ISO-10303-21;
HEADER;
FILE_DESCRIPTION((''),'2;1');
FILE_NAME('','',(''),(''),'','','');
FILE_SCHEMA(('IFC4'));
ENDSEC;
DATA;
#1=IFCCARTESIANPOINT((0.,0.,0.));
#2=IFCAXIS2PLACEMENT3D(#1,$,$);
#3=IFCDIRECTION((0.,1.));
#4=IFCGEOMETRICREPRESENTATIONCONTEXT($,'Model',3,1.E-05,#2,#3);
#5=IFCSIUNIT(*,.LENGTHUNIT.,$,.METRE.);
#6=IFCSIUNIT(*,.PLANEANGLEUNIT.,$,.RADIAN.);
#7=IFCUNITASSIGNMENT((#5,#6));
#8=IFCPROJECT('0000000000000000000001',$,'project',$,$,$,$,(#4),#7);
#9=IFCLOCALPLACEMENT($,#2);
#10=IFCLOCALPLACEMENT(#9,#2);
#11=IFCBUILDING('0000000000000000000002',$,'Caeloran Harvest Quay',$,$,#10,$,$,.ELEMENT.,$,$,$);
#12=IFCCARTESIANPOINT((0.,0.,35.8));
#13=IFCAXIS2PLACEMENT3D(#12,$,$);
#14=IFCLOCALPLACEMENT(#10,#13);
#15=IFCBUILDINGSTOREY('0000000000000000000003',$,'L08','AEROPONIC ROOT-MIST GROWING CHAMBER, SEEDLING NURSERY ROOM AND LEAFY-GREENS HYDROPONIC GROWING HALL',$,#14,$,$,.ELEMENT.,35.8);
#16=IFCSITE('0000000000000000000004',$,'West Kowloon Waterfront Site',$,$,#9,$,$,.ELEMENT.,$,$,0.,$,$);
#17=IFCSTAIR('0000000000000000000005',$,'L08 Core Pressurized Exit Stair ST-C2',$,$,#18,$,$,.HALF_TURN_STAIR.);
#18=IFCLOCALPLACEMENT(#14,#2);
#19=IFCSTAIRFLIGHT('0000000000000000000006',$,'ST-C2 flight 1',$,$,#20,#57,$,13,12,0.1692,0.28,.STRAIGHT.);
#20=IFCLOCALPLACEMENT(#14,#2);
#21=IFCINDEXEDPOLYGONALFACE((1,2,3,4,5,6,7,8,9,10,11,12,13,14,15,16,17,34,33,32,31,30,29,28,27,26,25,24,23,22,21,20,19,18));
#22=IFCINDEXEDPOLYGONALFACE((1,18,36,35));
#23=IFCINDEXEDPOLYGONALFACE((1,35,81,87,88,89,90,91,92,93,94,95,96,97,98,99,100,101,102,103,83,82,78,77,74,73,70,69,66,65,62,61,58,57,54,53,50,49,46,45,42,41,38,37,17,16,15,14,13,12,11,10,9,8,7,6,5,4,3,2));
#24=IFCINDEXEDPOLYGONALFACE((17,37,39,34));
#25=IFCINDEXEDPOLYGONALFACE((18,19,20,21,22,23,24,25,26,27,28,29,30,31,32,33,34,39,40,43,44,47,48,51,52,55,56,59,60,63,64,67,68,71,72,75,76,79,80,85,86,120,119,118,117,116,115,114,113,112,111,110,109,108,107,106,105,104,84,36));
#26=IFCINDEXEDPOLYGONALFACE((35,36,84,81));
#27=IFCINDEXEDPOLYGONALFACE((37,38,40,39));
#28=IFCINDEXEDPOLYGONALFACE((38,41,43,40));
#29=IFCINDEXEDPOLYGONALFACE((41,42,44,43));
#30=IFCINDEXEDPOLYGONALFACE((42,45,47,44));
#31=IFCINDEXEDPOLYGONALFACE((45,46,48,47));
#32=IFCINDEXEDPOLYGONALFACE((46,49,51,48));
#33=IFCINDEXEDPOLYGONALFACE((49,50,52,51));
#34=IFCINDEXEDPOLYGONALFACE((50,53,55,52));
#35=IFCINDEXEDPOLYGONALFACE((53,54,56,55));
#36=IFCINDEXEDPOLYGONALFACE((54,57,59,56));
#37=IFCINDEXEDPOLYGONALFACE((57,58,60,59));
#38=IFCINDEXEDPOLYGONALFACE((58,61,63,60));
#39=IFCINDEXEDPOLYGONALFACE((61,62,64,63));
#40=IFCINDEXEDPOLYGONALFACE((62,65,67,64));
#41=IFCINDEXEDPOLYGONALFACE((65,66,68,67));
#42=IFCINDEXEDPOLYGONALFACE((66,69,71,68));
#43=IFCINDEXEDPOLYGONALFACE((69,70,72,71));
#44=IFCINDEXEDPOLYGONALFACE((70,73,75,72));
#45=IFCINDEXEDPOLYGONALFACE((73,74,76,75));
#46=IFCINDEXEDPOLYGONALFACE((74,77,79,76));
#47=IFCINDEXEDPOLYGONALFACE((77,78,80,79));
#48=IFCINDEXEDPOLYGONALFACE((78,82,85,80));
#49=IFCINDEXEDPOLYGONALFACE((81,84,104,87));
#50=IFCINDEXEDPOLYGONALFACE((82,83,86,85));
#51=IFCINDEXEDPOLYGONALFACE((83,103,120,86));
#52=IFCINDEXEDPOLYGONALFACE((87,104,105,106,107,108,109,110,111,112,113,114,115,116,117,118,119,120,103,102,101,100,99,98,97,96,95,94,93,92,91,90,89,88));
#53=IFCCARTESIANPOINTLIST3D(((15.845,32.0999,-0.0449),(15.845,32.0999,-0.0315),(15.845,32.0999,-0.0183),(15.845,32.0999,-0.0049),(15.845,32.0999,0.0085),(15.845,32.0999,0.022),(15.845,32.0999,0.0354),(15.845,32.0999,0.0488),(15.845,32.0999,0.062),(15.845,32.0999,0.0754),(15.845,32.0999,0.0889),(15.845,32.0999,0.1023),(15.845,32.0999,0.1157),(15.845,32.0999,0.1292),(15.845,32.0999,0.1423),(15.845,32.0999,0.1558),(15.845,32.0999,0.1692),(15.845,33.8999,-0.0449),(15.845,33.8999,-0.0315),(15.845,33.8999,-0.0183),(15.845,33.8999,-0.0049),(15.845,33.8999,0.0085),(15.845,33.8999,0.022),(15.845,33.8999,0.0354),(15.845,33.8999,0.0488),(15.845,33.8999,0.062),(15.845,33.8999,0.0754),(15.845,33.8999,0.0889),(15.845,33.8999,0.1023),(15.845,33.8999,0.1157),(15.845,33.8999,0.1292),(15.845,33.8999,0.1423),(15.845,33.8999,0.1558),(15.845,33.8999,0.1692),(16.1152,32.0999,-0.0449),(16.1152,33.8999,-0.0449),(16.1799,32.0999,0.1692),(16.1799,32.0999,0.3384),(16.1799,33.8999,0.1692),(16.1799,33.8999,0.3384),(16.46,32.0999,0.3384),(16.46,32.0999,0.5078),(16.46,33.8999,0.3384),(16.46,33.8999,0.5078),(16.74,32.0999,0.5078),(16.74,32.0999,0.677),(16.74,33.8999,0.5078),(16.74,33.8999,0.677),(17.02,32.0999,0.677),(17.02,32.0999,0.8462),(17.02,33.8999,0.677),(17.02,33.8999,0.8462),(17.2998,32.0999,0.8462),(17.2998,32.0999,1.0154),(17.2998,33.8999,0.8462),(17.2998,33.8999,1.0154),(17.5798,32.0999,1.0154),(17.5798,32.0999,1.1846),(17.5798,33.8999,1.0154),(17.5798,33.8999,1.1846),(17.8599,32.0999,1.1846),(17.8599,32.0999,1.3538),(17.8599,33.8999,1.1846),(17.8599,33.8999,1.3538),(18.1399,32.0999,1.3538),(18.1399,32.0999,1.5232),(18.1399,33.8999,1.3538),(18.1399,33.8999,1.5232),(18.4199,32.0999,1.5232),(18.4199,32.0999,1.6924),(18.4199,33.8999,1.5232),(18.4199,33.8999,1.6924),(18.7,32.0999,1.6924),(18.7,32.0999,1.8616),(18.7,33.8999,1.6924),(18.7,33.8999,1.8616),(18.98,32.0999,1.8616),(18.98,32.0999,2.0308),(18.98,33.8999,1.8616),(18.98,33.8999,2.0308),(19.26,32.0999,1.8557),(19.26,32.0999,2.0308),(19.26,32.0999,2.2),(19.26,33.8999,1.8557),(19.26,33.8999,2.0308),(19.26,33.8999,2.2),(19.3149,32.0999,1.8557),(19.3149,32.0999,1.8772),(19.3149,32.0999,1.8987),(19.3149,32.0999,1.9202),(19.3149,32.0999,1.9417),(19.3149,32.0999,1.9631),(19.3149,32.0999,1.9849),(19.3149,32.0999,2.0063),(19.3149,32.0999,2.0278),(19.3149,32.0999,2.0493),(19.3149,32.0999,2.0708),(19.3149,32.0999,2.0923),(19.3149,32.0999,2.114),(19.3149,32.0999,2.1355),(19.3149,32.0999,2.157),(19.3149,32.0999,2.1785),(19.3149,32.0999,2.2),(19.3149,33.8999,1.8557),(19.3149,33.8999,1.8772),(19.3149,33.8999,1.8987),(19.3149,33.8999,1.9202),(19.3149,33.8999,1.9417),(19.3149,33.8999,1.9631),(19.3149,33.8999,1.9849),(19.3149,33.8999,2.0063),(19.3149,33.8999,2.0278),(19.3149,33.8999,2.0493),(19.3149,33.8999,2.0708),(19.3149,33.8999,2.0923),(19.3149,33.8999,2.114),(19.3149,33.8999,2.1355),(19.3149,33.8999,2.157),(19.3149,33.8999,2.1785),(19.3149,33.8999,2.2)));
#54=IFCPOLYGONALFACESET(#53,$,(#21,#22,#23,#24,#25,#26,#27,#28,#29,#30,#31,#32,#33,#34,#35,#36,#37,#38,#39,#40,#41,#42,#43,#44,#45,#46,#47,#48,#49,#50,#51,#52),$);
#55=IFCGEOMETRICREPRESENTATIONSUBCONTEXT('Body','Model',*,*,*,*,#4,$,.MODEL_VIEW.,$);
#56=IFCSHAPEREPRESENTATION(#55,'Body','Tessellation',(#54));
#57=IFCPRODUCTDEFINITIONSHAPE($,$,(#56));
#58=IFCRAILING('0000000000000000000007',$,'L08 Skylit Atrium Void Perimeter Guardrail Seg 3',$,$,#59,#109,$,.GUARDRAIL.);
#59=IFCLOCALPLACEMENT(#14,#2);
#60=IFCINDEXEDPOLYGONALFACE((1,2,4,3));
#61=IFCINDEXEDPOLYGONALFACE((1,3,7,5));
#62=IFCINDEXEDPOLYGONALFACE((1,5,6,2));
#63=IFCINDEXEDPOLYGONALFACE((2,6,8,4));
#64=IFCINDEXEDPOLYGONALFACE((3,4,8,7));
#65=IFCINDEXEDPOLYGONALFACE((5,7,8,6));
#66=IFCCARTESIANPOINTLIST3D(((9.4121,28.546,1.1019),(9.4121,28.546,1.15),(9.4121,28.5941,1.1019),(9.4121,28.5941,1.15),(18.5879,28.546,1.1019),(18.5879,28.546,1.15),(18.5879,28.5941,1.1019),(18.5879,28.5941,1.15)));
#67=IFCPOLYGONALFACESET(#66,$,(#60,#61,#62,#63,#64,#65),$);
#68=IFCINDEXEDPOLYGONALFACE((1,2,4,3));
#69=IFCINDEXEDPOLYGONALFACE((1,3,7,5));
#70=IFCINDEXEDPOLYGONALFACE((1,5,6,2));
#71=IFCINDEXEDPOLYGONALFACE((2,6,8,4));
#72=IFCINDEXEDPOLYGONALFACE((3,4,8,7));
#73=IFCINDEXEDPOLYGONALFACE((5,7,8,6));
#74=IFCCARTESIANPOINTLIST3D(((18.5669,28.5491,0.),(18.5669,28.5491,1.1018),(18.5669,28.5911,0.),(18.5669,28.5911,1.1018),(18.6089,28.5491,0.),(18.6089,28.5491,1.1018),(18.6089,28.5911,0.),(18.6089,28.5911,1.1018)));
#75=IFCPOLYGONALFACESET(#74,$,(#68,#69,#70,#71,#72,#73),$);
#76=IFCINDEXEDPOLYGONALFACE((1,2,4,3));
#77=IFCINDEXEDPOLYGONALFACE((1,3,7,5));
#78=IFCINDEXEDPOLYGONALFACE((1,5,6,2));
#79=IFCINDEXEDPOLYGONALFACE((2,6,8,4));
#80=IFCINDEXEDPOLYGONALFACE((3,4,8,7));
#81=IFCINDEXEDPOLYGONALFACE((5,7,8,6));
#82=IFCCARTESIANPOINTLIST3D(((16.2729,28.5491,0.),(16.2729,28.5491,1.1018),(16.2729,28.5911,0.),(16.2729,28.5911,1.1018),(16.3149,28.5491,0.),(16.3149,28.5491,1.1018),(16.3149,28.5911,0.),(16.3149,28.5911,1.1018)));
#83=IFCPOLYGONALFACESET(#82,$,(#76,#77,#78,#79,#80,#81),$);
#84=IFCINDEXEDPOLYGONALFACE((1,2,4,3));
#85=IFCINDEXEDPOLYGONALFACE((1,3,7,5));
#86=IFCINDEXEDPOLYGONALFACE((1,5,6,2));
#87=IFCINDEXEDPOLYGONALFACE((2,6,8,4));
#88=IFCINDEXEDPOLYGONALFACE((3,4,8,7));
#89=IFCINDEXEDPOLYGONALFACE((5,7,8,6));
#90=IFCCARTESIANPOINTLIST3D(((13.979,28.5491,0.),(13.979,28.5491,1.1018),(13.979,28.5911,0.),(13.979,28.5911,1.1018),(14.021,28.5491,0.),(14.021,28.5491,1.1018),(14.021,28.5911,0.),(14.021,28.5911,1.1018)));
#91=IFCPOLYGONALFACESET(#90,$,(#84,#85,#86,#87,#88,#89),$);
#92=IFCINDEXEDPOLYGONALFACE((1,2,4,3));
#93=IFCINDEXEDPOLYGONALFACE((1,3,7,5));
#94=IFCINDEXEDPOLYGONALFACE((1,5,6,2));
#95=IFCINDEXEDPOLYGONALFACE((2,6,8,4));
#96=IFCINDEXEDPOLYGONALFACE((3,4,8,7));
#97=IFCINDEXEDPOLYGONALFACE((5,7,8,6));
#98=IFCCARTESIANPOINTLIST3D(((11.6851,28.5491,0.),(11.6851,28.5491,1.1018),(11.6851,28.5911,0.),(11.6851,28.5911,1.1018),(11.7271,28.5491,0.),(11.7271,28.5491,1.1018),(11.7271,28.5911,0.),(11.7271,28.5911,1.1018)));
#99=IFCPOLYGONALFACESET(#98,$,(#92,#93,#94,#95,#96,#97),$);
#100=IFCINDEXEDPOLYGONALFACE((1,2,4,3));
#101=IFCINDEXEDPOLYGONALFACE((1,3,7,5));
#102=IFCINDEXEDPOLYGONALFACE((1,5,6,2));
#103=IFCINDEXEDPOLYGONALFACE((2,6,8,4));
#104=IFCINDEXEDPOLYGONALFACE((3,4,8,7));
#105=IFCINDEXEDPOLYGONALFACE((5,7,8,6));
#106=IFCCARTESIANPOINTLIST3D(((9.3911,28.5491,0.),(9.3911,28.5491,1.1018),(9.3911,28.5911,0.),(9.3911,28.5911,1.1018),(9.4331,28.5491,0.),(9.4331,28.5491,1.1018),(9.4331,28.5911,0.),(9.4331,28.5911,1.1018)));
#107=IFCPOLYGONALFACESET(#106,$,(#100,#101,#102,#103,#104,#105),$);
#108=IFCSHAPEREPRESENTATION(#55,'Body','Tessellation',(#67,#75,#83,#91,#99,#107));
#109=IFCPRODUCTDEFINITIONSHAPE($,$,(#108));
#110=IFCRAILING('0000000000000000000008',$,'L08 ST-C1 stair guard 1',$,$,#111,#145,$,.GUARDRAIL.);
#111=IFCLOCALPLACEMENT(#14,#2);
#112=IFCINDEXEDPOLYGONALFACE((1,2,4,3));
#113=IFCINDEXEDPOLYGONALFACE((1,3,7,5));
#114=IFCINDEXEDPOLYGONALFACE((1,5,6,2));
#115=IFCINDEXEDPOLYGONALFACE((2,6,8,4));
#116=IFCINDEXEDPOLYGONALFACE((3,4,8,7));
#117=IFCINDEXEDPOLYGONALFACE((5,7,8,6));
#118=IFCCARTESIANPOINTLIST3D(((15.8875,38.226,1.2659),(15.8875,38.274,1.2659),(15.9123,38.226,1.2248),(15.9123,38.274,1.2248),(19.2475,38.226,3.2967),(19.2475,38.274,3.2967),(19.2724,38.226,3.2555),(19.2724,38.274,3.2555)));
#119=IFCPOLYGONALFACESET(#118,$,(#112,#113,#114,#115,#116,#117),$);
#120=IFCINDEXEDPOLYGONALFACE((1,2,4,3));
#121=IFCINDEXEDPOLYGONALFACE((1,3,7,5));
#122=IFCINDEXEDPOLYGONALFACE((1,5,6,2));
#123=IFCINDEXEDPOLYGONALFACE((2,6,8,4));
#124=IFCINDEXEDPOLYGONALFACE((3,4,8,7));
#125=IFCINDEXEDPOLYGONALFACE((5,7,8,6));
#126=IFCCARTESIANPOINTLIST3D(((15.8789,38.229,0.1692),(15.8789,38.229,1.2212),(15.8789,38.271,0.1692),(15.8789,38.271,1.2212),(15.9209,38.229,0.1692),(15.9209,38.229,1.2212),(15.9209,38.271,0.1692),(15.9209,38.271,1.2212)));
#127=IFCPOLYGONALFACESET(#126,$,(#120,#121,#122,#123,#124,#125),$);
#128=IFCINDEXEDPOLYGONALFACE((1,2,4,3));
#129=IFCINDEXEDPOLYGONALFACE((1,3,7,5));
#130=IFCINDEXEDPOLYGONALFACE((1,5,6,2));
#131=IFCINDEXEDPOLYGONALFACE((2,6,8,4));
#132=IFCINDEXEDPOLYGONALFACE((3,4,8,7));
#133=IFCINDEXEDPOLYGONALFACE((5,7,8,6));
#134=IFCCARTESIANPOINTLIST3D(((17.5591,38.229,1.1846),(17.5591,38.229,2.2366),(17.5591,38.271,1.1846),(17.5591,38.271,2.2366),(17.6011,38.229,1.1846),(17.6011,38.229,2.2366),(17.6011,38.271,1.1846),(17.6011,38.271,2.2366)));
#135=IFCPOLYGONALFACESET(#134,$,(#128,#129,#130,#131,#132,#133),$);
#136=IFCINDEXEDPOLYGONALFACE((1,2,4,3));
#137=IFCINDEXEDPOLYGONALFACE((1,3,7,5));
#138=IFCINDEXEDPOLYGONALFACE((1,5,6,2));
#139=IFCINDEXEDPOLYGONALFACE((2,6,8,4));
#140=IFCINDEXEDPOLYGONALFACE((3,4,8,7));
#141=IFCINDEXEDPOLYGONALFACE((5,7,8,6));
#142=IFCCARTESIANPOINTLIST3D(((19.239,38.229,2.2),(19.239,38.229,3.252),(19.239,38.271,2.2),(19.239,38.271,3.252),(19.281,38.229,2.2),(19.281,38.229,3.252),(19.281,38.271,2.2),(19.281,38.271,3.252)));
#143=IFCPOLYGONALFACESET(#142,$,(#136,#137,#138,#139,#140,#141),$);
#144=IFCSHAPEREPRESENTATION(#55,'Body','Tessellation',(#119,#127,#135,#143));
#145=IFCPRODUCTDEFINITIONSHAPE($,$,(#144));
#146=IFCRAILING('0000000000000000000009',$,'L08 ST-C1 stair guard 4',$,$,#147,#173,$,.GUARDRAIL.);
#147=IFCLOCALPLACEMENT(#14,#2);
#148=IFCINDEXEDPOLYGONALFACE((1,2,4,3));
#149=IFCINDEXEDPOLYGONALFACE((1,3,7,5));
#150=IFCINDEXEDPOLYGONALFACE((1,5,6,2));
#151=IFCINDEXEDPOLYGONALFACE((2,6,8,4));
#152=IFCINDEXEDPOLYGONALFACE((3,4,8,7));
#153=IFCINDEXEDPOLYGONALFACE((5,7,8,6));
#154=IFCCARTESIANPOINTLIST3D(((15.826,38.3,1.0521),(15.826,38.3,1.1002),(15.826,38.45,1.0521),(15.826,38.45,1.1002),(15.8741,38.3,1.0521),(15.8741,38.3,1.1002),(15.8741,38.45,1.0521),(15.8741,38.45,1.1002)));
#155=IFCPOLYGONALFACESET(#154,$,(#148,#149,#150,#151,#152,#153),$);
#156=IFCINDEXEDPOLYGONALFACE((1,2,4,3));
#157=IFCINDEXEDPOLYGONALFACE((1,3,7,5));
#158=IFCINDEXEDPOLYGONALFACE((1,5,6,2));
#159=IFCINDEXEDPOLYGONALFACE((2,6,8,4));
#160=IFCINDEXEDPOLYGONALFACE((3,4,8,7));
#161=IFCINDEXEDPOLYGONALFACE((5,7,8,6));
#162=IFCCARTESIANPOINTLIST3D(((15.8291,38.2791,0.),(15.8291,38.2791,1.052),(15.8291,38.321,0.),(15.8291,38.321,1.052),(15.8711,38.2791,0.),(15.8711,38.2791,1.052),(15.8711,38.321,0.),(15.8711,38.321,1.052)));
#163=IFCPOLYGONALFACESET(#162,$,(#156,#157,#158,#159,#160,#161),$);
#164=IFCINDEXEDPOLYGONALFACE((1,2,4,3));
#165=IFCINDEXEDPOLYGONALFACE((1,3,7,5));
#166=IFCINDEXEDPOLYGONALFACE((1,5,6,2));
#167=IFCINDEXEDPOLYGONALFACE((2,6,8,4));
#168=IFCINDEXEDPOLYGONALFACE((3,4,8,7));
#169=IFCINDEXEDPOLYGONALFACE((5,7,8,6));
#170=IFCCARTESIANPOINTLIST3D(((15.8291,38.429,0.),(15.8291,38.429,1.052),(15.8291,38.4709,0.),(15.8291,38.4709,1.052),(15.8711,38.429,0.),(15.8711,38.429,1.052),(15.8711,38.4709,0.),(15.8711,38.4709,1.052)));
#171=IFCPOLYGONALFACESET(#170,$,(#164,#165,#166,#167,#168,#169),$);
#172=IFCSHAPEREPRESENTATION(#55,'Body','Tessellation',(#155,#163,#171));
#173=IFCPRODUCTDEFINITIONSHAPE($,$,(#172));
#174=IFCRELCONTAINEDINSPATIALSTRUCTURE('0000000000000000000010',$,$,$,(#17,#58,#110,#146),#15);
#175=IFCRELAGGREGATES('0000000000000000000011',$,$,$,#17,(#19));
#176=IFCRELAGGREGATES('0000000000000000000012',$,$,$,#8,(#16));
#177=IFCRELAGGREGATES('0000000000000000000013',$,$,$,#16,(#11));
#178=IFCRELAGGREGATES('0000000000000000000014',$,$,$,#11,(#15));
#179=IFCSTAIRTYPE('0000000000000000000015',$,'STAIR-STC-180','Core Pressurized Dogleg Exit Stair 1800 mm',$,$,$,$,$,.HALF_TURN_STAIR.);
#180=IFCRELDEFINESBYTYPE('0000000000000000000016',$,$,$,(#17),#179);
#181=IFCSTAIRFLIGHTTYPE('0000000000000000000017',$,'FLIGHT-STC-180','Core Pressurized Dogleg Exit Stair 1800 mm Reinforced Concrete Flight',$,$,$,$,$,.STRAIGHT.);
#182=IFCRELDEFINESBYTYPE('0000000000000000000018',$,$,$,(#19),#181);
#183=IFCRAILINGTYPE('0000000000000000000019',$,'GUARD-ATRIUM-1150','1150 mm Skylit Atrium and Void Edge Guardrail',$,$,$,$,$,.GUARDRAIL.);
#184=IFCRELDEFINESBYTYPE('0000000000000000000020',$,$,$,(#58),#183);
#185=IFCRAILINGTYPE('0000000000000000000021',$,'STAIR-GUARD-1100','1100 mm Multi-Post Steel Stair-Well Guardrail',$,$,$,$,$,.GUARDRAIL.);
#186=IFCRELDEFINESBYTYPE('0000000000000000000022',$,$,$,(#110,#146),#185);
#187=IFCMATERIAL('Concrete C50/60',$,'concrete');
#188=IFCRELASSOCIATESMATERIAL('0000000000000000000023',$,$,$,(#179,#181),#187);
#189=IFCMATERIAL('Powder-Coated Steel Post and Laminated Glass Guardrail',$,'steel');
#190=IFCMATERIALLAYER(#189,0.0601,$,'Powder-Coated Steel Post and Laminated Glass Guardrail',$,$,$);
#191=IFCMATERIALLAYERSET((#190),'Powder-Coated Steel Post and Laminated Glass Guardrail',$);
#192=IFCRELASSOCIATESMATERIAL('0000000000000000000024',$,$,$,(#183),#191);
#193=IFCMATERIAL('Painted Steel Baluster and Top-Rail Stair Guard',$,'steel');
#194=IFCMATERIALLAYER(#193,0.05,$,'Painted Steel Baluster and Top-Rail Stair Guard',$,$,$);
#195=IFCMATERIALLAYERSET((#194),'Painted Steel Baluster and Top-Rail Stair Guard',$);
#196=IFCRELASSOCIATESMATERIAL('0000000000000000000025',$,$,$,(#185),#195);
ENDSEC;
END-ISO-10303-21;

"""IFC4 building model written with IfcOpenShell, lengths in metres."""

from ifc_helpers import new_model, si_unit, direction, frame, origin, origin_2d, place, context, subcontext, project, spatial, polyline, rectangle, outline, extrude, material, layer, layer_set, type_object, element, aggregate, save


model = new_model("IFC4")

# Units and contexts
model_context = context("Model", 3, precision=1e-05, world=origin(), true_north=direction((0.0, 1.0)))
body_context = subcontext(model_context, "Body", "Model", "MODEL_VIEW")
ifc_project = project(units=[si_unit("LENGTHUNIT", "METRE"), si_unit("PLANEANGLEUNIT", "RADIAN")], contexts=[model_context])

# Site, building, storey
site_placement = place(None, origin())
site = spatial("IfcSite", under=ifc_project, at=site_placement, Name="West Kowloon Waterfront Site", CompositionType="ELEMENT", RefElevation=0.0)
building_placement = place(site_placement, origin())
building = spatial("IfcBuilding", under=site, at=building_placement, Name="Caeloran Harvest Quay", CompositionType="ELEMENT")
storey_placement = place(building_placement, frame((0.0, 0.0, 35.8)))
storey = spatial("IfcBuildingStorey", under=building, at=storey_placement, Name="L08", Description="AEROPONIC ROOT-MIST GROWING CHAMBER, SEEDLING NURSERY ROOM AND LEAFY-GREENS HYDROPONIC GROWING HALL", CompositionType="ELEMENT", Elevation=35.8)

# Stair, stair flight
ifc_material_1 = material(Name="Concrete C50/60", Category="concrete")
stair_type = type_object("IfcStairType", Name="STAIR-STC-180", Description="Core Pressurized Dogleg Exit Stair 1800 mm", PredefinedType="HALF_TURN_STAIR", material=ifc_material_1)
stair_flight_type = type_object("IfcStairFlightType", Name="FLIGHT-STC-180", Description="Core Pressurized Dogleg Exit Stair 1800 mm Reinforced Concrete Flight", PredefinedType="STRAIGHT", material=ifc_material_1)
stair_1_placement = place(storey_placement, origin())
stair_1 = element("IfcStair", 1, at=stair_1_placement, inside=storey, type_object=stair_type, Name="L08 Core Pressurized Exit Stair ST-C2", PredefinedType="HALF_TURN_STAIR")
stair_flight_1_placement = place(storey_placement, frame((15.8999, 33.0, 0.0), z_axis=(0.0, 0.0, 1.0), x_axis=(1.0, 0.0, 0.0)))
stair_flight_1 = element("IfcStairFlight", 2, at=stair_flight_1_placement, type_object=stair_flight_type, Name="ST-C2 flight 1", NumberOfRisers=13, NumberOfTreads=12, PredefinedType="STRAIGHT", RiserHeight=0.1692, TreadLength=0.28, context=body_context, shape_type="SweptSolid", body=[
    extrude(outline(polyline([(-0.0549, -0.0449), (-0.0549, -0.0315), (-0.0549, -0.0183), (-0.0549, -0.0049), (-0.0549, 0.0085), (-0.0549, 0.022), (-0.0549, 0.0354), (-0.0549, 0.0488), (-0.0549, 0.062), (-0.0549, 0.0754), (-0.0549, 0.0889), (-0.0549, 0.1023), (-0.0549, 0.1157), (-0.0549, 0.1292), (-0.0549, 0.1423), (-0.0549, 0.1558), (-0.0549, 0.1692), (0.28, 0.1692), (0.28, 0.3384), (0.5601, 0.3384), (0.5601, 0.5078), (0.8401, 0.5078), (0.8401, 0.677), (1.1201, 0.677), (1.1201, 0.8462), (1.3999, 0.8462), (1.3999, 1.0154), (1.6799, 1.0154), (1.6799, 1.1846), (1.96, 1.1846), (1.96, 1.3538), (2.24, 1.3538), (2.24, 1.5232), (2.52, 1.5232), (2.52, 1.6924), (2.8, 1.6924), (2.8, 1.8616), (3.0801, 1.8616), (3.0801, 2.0308), (3.3601, 2.0308), (3.3601, 2.2), (3.415, 2.2), (3.415, 2.1785), (3.415, 2.157), (3.415, 2.1355), (3.415, 2.114), (3.415, 2.0923), (3.415, 2.0708), (3.415, 2.0493), (3.415, 2.0278), (3.415, 2.0063), (3.415, 1.9849), (3.415, 1.9631), (3.415, 1.9417), (3.415, 1.9202), (3.415, 1.8987), (3.415, 1.8772), (3.415, 1.8557), (3.3601, 1.8557), (0.2153, -0.0449), (-0.0549, -0.0449)])), frame((0.0, 0.8999, 0.0), z_axis=(0.0, -1.0, 0.0), x_axis=(1.0, 0.0, 0.0)), (0.0, 0.0, 1.0), 1.8),
])
aggregate(stair_1, [stair_flight_1])

# Railings
ifc_material_2 = material(Name="Powder-Coated Steel Post and Laminated Glass Guardrail", Category="steel")
ifc_layer_1 = layer(ifc_material_2, 0.0601, Name="Powder-Coated Steel Post and Laminated Glass Guardrail")
ifc_layer_set_1 = layer_set([ifc_layer_1], Name="Powder-Coated Steel Post and Laminated Glass Guardrail")
railing_type_1 = type_object("IfcRailingType", Name="GUARD-ATRIUM-1150", Description="1150 mm Skylit Atrium and Void Edge Guardrail", PredefinedType="GUARDRAIL", material=ifc_layer_set_1)
railing_1_placement = place(storey_placement, frame((18.5879, 28.5701, 0.0)))
element("IfcRailing", 3, at=railing_1_placement, inside=storey, type_object=railing_type_1, Name="L08 Skylit Atrium Void Perimeter Guardrail Seg 3", PredefinedType="GUARDRAIL", context=body_context, shape_type="SweptSolid", body=[
    extrude(rectangle(XDim=0.0481, YDim=0.0481, at=origin_2d()), frame((0.0, 0.0, 1.126), z_axis=(-1.0, 0.0, 0.0), x_axis=(0.0, -1.0, 0.0)), (0.0, 0.0, 1.0), 9.1758),
    extrude(rectangle(XDim=0.042, YDim=0.042, at=origin_2d()), origin(), (0.0, 0.0, 1.0), 1.1018),
    extrude(rectangle(XDim=0.042, YDim=0.042, at=origin_2d()), frame((-2.2939, 0.0, 0.0)), (0.0, 0.0, 1.0), 1.1018),
    extrude(rectangle(XDim=0.042, YDim=0.042, at=origin_2d()), frame((-4.5879, 0.0, 0.0)), (0.0, 0.0, 1.0), 1.1018),
    extrude(rectangle(XDim=0.042, YDim=0.042, at=origin_2d()), frame((-6.8818, 0.0, 0.0)), (0.0, 0.0, 1.0), 1.1018),
    extrude(rectangle(XDim=0.042, YDim=0.042, at=origin_2d()), frame((-9.1758, 0.0, 0.0)), (0.0, 0.0, 1.0), 1.1018),
])
ifc_material_3 = material(Name="Painted Steel Baluster and Top-Rail Stair Guard", Category="steel")
ifc_layer_2 = layer(ifc_material_3, 0.05, Name="Painted Steel Baluster and Top-Rail Stair Guard")
ifc_layer_set_2 = layer_set([ifc_layer_2], Name="Painted Steel Baluster and Top-Rail Stair Guard")
railing_type_2 = type_object("IfcRailingType", Name="STAIR-GUARD-1100", Description="1100 mm Multi-Post Steel Stair-Well Guardrail", PredefinedType="GUARDRAIL", material=ifc_layer_set_2)
railing_2_placement = place(storey_placement, frame((15.8999, 38.25, 0.1692)))
element("IfcRailing", 4, at=railing_2_placement, inside=storey, type_object=railing_type_2, Name="L08 ST-C1 stair guard 1", PredefinedType="GUARDRAIL", context=body_context, shape_type="SweptSolid", body=[
    extrude(rectangle(XDim=0.0481, YDim=0.0481, at=origin_2d()), frame((0.0, 0.0, 1.0762), z_axis=(0.855837, 0.0, 0.517246), x_axis=(0.0, 1.0, 0.0)), (0.0, 0.0, 1.0), 3.926),
    extrude(rectangle(XDim=0.042, YDim=0.042, at=origin_2d()), origin(), (0.0, 0.0, 1.0), 1.052),
    extrude(rectangle(XDim=0.042, YDim=0.042, at=origin_2d()), frame((1.6802, 0.0, 1.0154)), (0.0, 0.0, 1.0), 1.052),
    extrude(rectangle(XDim=0.042, YDim=0.042, at=origin_2d()), frame((3.3601, 0.0, 2.0308)), (0.0, 0.0, 1.0), 1.052),
])
railing_3_placement = place(storey_placement, frame((15.8501, 38.3, 0.0)))
element("IfcRailing", 5, at=railing_3_placement, inside=storey, type_object=railing_type_2, Name="L08 ST-C1 stair guard 4", PredefinedType="GUARDRAIL", context=body_context, shape_type="SweptSolid", body=[
    extrude(rectangle(XDim=0.0481, YDim=0.0481, at=origin_2d()), frame((0.0, 0.0, 1.0762), z_axis=(0.0, 1.0, 0.0), x_axis=(-1.0, 0.0, 0.0)), (0.0, 0.0, 1.0), 0.1499),
    extrude(rectangle(XDim=0.042, YDim=0.042, at=origin_2d()), origin(), (0.0, 0.0, 1.0), 1.052),
    extrude(rectangle(XDim=0.042, YDim=0.042, at=origin_2d()), frame((0.0, 0.1499, 0.0)), (0.0, 0.0, 1.0), 1.052),
])

save(model, "model.ifc")
